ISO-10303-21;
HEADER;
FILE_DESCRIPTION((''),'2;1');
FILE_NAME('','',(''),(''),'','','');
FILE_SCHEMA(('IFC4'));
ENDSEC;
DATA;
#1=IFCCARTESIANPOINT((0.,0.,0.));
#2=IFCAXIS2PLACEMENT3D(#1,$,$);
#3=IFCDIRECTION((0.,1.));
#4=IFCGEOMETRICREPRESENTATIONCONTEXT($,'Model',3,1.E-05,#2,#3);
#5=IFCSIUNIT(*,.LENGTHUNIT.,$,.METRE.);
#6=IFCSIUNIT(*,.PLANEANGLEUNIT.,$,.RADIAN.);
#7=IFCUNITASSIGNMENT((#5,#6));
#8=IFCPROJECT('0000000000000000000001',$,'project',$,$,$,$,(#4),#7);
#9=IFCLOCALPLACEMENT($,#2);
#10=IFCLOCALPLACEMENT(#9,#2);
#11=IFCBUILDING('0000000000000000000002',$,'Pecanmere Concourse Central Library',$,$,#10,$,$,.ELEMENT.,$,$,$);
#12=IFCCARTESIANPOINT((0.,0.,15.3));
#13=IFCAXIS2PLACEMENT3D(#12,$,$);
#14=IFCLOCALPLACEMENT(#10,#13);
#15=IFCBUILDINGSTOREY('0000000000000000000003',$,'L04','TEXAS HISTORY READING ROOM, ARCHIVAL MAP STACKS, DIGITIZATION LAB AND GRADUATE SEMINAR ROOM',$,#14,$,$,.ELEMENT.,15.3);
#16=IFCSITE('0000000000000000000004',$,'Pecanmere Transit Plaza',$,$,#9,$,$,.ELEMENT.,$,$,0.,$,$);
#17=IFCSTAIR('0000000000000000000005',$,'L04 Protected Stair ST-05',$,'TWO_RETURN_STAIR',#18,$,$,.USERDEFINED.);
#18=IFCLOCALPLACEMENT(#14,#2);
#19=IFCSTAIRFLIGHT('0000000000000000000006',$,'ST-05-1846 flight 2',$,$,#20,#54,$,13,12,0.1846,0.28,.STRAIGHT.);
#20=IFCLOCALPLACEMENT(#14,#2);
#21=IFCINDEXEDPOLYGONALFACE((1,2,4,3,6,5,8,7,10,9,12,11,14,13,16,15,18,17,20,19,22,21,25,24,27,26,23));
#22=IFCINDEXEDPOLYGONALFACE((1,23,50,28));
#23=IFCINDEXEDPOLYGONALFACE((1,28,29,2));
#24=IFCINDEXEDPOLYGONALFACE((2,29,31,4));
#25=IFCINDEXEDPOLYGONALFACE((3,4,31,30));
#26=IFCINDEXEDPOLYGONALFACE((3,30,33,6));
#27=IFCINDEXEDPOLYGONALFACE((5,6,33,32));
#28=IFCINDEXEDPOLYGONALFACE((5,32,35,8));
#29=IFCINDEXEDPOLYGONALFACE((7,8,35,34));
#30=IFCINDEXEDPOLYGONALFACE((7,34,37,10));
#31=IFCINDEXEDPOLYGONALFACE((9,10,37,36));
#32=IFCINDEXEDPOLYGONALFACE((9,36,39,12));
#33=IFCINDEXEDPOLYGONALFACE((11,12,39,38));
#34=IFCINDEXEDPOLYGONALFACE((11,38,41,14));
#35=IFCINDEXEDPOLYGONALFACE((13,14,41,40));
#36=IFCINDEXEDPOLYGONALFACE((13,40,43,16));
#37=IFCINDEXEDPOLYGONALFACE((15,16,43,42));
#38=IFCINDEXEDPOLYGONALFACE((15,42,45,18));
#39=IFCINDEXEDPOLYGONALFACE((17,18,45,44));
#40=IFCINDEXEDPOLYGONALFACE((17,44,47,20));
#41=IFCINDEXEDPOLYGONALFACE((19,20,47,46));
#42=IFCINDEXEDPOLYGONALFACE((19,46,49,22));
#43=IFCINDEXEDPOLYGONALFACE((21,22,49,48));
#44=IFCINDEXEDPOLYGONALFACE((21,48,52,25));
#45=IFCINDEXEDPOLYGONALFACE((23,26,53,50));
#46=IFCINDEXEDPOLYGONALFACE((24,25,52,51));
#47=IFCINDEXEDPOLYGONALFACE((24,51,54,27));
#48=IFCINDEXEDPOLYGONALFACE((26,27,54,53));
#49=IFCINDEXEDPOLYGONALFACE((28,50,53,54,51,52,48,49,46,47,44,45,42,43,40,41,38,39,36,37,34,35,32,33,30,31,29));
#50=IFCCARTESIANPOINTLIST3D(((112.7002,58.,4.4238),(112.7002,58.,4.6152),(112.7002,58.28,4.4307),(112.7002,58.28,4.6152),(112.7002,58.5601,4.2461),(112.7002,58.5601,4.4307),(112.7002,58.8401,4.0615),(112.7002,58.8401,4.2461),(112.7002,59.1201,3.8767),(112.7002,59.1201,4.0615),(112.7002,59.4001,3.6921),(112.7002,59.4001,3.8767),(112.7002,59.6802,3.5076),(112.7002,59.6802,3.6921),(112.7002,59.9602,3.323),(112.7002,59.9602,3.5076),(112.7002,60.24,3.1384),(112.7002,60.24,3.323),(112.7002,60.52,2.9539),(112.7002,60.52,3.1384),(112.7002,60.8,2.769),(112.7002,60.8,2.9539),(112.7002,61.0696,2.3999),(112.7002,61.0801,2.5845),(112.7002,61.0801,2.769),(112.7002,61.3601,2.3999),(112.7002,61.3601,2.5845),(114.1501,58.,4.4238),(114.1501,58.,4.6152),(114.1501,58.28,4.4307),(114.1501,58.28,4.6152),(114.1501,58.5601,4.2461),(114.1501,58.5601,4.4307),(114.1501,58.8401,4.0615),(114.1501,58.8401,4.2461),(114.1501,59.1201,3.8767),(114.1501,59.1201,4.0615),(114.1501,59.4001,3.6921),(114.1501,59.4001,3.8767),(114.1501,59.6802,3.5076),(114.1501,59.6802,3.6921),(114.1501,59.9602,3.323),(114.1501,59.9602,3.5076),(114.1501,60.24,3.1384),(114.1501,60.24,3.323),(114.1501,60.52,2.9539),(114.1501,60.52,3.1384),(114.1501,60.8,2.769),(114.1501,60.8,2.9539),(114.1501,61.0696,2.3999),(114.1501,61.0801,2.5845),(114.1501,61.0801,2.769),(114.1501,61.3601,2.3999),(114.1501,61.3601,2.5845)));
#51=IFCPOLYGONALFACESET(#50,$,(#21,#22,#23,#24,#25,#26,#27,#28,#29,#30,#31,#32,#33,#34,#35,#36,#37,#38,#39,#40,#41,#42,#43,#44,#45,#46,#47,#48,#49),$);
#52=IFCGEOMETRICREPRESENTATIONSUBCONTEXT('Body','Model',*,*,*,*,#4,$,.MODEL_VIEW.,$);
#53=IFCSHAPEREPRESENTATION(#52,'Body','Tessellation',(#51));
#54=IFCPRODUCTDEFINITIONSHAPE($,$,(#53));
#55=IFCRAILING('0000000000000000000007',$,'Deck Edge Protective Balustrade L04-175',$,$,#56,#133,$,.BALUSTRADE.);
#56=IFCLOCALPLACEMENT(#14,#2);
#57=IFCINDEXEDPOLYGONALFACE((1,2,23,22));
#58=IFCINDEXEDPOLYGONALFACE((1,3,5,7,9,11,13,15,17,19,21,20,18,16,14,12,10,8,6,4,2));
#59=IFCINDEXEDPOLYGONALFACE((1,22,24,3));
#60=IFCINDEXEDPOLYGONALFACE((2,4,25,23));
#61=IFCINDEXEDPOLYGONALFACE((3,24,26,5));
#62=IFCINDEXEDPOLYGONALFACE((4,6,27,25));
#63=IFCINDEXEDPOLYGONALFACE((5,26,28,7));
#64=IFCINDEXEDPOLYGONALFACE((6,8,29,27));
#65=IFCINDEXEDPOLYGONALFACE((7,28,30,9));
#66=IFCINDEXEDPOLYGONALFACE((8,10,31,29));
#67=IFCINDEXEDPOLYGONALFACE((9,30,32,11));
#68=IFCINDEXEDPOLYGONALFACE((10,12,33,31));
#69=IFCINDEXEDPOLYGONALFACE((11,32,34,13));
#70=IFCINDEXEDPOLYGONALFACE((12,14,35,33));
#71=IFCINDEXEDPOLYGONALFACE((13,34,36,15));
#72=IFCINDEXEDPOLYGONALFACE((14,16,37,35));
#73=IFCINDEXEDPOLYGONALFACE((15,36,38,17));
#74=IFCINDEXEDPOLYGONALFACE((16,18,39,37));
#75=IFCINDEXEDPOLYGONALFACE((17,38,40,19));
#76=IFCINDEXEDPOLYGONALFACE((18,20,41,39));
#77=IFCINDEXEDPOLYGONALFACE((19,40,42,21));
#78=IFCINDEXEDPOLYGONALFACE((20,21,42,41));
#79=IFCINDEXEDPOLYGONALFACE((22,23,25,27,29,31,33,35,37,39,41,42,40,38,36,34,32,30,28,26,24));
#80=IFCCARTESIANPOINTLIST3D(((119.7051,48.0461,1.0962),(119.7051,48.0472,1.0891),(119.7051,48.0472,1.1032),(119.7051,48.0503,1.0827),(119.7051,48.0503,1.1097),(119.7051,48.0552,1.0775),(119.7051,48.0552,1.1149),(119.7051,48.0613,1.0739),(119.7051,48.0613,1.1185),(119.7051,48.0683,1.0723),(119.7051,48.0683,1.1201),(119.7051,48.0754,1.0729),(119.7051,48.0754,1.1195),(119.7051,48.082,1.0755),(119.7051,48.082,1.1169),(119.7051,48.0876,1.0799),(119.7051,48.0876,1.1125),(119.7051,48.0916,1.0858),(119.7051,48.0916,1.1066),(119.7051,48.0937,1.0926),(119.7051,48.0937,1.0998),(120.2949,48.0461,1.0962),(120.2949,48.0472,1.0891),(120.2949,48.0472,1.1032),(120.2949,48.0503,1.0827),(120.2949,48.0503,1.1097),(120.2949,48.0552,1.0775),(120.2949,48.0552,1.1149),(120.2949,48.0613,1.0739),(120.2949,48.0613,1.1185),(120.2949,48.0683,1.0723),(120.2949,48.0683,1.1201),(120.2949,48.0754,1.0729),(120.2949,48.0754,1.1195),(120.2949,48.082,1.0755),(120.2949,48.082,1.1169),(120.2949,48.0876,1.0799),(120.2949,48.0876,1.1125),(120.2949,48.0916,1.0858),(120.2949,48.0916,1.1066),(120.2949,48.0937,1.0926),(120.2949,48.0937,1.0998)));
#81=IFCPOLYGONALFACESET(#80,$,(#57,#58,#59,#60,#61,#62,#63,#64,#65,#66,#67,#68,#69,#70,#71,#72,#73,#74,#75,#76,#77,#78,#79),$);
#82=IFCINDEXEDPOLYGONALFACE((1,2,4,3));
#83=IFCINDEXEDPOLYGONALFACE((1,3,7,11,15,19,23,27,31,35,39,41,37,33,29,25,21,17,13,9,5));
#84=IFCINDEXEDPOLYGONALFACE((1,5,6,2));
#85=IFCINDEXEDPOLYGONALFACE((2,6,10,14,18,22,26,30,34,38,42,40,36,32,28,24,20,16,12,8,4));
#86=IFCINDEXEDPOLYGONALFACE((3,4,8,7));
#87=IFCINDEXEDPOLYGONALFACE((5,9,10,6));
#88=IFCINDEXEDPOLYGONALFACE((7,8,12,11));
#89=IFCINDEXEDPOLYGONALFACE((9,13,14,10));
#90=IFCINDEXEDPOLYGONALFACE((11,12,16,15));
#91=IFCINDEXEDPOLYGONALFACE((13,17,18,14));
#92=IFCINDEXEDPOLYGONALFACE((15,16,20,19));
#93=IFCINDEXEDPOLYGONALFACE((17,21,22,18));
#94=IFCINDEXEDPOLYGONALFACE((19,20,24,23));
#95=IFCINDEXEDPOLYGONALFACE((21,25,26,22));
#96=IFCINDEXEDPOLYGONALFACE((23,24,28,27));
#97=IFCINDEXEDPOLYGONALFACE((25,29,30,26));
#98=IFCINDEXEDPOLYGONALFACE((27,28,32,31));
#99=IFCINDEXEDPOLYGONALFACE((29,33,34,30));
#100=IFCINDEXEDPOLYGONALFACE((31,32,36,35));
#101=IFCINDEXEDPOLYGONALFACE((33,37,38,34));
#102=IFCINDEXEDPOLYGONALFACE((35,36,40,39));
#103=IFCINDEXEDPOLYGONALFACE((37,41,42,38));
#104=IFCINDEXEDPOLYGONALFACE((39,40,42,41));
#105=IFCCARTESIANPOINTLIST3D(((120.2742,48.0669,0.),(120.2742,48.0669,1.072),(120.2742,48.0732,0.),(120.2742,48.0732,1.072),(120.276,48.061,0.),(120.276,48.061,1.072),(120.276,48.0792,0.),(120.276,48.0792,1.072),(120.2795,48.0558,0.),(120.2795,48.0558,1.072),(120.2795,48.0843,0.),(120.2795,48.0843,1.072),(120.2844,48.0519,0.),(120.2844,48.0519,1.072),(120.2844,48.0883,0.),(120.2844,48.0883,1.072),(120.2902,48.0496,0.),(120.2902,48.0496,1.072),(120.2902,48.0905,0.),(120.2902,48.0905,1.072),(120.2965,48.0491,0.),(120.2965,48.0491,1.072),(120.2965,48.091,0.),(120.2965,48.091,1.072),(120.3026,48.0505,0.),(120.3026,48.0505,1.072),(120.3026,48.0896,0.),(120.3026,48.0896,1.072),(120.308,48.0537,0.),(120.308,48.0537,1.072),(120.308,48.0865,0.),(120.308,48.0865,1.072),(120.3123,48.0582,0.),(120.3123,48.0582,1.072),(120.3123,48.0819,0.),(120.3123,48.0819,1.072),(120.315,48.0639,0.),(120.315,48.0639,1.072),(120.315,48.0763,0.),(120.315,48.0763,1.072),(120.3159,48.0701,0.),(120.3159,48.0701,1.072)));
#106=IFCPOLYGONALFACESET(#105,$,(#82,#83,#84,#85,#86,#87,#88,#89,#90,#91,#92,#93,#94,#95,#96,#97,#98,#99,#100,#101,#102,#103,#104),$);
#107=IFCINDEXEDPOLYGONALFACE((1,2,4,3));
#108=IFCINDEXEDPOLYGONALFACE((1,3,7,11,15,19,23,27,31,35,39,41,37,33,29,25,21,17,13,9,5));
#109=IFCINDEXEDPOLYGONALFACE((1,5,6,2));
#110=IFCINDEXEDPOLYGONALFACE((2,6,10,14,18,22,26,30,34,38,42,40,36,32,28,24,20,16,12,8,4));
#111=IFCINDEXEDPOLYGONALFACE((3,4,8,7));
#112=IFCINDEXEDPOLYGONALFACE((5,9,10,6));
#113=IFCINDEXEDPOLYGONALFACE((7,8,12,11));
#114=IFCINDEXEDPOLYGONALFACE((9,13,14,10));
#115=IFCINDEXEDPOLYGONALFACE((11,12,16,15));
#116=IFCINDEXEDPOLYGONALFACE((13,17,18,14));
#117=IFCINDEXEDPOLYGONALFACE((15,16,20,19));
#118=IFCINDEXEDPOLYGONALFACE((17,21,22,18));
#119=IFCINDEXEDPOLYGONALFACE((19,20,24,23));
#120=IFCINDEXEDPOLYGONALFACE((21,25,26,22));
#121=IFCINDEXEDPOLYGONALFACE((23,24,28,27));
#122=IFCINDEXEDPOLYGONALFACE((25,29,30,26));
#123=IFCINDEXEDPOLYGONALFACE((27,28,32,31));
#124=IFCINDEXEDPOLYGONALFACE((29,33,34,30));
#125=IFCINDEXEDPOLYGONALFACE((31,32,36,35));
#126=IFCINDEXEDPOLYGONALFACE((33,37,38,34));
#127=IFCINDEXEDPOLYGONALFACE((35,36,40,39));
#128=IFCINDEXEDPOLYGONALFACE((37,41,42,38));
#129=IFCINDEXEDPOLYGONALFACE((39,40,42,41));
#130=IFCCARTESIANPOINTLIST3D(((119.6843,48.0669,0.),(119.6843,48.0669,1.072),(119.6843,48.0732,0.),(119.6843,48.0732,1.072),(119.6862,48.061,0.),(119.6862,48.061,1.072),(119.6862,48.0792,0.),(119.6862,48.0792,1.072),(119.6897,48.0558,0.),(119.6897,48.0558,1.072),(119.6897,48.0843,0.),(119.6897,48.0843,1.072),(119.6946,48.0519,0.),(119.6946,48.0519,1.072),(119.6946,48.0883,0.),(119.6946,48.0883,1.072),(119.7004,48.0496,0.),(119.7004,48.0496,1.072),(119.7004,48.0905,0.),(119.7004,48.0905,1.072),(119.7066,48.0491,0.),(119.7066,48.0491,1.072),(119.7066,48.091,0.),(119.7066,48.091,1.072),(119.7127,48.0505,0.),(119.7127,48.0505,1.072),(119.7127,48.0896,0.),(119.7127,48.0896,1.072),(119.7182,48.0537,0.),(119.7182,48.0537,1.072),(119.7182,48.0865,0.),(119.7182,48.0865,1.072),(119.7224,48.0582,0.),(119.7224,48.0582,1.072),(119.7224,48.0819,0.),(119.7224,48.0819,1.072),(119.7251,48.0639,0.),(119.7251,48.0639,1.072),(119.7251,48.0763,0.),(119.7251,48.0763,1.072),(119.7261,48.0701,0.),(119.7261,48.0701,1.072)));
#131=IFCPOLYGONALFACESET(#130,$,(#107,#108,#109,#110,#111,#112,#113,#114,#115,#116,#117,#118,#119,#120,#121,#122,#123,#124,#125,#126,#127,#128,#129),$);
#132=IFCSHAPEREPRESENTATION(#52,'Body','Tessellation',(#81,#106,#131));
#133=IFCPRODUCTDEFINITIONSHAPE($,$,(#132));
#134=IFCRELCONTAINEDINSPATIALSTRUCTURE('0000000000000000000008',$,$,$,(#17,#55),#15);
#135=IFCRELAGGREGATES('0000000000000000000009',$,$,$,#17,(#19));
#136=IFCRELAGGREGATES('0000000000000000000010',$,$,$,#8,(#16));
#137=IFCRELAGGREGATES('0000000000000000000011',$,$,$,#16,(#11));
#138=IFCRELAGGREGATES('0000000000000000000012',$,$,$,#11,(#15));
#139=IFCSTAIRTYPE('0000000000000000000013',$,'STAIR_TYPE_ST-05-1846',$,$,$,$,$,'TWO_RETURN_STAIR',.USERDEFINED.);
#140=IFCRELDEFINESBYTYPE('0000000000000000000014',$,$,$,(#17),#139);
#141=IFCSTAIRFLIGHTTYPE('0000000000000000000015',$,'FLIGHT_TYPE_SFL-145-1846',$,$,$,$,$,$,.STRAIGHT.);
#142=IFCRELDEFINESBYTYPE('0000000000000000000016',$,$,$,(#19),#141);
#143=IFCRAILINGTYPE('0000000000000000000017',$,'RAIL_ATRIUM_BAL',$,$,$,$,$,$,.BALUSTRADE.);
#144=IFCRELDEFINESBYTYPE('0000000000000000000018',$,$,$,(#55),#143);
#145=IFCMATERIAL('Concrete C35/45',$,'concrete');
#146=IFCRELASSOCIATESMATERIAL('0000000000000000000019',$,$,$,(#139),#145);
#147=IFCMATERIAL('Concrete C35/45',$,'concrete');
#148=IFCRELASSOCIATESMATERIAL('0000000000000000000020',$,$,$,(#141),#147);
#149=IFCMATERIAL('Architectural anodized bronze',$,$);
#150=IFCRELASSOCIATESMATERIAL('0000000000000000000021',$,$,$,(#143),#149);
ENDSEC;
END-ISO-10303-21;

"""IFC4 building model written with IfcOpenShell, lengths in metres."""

from ifc_helpers import new_model, si_unit, direction, frame, origin, origin_2d, place, context, subcontext, project, spatial, polyline, circle, outline, extrude, material, type_object, element, aggregate, save


model = new_model("IFC4")

# Units and contexts
model_context = context("Model", 3, precision=1e-05, world=origin(), true_north=direction((0.0, 1.0)))
body_context = subcontext(model_context, "Body", "Model", "MODEL_VIEW")
ifc_project = project(units=[si_unit("LENGTHUNIT", "METRE"), si_unit("PLANEANGLEUNIT", "RADIAN")], contexts=[model_context])

# Site, building, storey
site_placement = place(None, origin())
site = spatial("IfcSite", under=ifc_project, at=site_placement, Name="Pecanmere Transit Plaza", CompositionType="ELEMENT", RefElevation=0.0)
building_placement = place(site_placement, origin())
building = spatial("IfcBuilding", under=site, at=building_placement, Name="Pecanmere Concourse Central Library", CompositionType="ELEMENT")
storey_placement = place(building_placement, frame((0.0, 0.0, 15.3)))
storey = spatial("IfcBuildingStorey", under=building, at=storey_placement, Name="L04", Description="TEXAS HISTORY READING ROOM, ARCHIVAL MAP STACKS, DIGITIZATION LAB AND GRADUATE SEMINAR ROOM", CompositionType="ELEMENT", Elevation=15.3)

# Stair, stair flight
ifc_material_1 = material(Name="Concrete C35/45", Category="concrete")
stair_type = type_object("IfcStairType", Name="STAIR_TYPE_ST-05-1846", ElementType="TWO_RETURN_STAIR", PredefinedType="USERDEFINED", material=ifc_material_1)
stair_placement = place(storey_placement, origin())
stair = element("IfcStair", 1, at=stair_placement, inside=storey, type_object=stair_type, Name="L04 Protected Stair ST-05", ObjectType="TWO_RETURN_STAIR", PredefinedType="USERDEFINED")
ifc_material_2 = material(Name="Concrete C35/45", Category="concrete")
stair_flight_type = type_object("IfcStairFlightType", Name="FLIGHT_TYPE_SFL-145-1846", PredefinedType="STRAIGHT", material=ifc_material_2)
stair_flight_1_placement = place(storey_placement, frame((113.425, 61.3601, 2.3999), z_axis=(0.0, 0.0, 1.0), x_axis=(0.0, -1.0, 0.0)))
stair_flight_1 = element("IfcStairFlight", 2, at=stair_flight_1_placement, type_object=stair_flight_type, Name="ST-05-1846 flight 2", NumberOfRisers=13, NumberOfTreads=12, PredefinedType="STRAIGHT", RiserHeight=0.1846, TreadLength=0.28, context=body_context, shape_type="SweptSolid", body=[
    extrude(outline(polyline([(0.0, 0.0), (0.0, 0.1846), (0.28, 0.1846), (0.28, 0.3691), (0.5601, 0.3691), (0.5601, 0.554), (0.8401, 0.554), (0.8401, 0.7385), (1.1201, 0.7385), (1.1201, 0.9231), (1.3999, 0.9231), (1.3999, 1.1077), (1.6799, 1.1077), (1.6799, 1.2922), (1.96, 1.2922), (1.96, 1.4768), (2.24, 1.4768), (2.24, 1.6616), (2.52, 1.6616), (2.52, 1.8462), (2.8, 1.8462), (2.8, 2.0308), (3.0801, 2.0308), (3.0801, 2.2153), (3.3601, 2.2153), (3.3601, 2.3999), (3.3601, 2.0239), (0.2905, 0.0), (0.0, 0.0)])), frame((0.0, 0.7251, 0.0), z_axis=(0.0, -1.0, 0.0), x_axis=(1.0, 0.0, 0.0)), (0.0, 0.0, 1.0), 1.45),
])
aggregate(stair, [stair_flight_1])

# Railing
ifc_material_3 = material(Name="Architectural anodized bronze")
railing_type_1 = type_object("IfcRailingType", Name="RAIL_ATRIUM_BAL", PredefinedType="BALUSTRADE", material=ifc_material_3)
railing_1_placement = place(storey_placement, frame((120.2949, 48.0701, 0.0)))
element("IfcRailing", 3, at=railing_1_placement, inside=storey, type_object=railing_type_1, Name="Deck Edge Protective Balustrade L04-175", PredefinedType="BALUSTRADE", context=body_context, shape_type="SweptSolid", body=[
    extrude(circle(Radius=0.0239, at=origin_2d()), frame((0.0, 0.0, 1.0962), z_axis=(-1.0, 0.0, 0.0), x_axis=(0.0, -1.0, 0.0)), (0.0, 0.0, 1.0), 0.5898),
    extrude(circle(Radius=0.021, at=origin_2d()), origin(), (0.0, 0.0, 1.0), 1.072),
    extrude(circle(Radius=0.021, at=origin_2d()), frame((-0.5898, 0.0, 0.0)), (0.0, 0.0, 1.0), 1.072),
])

save(model, "model.ifc")
